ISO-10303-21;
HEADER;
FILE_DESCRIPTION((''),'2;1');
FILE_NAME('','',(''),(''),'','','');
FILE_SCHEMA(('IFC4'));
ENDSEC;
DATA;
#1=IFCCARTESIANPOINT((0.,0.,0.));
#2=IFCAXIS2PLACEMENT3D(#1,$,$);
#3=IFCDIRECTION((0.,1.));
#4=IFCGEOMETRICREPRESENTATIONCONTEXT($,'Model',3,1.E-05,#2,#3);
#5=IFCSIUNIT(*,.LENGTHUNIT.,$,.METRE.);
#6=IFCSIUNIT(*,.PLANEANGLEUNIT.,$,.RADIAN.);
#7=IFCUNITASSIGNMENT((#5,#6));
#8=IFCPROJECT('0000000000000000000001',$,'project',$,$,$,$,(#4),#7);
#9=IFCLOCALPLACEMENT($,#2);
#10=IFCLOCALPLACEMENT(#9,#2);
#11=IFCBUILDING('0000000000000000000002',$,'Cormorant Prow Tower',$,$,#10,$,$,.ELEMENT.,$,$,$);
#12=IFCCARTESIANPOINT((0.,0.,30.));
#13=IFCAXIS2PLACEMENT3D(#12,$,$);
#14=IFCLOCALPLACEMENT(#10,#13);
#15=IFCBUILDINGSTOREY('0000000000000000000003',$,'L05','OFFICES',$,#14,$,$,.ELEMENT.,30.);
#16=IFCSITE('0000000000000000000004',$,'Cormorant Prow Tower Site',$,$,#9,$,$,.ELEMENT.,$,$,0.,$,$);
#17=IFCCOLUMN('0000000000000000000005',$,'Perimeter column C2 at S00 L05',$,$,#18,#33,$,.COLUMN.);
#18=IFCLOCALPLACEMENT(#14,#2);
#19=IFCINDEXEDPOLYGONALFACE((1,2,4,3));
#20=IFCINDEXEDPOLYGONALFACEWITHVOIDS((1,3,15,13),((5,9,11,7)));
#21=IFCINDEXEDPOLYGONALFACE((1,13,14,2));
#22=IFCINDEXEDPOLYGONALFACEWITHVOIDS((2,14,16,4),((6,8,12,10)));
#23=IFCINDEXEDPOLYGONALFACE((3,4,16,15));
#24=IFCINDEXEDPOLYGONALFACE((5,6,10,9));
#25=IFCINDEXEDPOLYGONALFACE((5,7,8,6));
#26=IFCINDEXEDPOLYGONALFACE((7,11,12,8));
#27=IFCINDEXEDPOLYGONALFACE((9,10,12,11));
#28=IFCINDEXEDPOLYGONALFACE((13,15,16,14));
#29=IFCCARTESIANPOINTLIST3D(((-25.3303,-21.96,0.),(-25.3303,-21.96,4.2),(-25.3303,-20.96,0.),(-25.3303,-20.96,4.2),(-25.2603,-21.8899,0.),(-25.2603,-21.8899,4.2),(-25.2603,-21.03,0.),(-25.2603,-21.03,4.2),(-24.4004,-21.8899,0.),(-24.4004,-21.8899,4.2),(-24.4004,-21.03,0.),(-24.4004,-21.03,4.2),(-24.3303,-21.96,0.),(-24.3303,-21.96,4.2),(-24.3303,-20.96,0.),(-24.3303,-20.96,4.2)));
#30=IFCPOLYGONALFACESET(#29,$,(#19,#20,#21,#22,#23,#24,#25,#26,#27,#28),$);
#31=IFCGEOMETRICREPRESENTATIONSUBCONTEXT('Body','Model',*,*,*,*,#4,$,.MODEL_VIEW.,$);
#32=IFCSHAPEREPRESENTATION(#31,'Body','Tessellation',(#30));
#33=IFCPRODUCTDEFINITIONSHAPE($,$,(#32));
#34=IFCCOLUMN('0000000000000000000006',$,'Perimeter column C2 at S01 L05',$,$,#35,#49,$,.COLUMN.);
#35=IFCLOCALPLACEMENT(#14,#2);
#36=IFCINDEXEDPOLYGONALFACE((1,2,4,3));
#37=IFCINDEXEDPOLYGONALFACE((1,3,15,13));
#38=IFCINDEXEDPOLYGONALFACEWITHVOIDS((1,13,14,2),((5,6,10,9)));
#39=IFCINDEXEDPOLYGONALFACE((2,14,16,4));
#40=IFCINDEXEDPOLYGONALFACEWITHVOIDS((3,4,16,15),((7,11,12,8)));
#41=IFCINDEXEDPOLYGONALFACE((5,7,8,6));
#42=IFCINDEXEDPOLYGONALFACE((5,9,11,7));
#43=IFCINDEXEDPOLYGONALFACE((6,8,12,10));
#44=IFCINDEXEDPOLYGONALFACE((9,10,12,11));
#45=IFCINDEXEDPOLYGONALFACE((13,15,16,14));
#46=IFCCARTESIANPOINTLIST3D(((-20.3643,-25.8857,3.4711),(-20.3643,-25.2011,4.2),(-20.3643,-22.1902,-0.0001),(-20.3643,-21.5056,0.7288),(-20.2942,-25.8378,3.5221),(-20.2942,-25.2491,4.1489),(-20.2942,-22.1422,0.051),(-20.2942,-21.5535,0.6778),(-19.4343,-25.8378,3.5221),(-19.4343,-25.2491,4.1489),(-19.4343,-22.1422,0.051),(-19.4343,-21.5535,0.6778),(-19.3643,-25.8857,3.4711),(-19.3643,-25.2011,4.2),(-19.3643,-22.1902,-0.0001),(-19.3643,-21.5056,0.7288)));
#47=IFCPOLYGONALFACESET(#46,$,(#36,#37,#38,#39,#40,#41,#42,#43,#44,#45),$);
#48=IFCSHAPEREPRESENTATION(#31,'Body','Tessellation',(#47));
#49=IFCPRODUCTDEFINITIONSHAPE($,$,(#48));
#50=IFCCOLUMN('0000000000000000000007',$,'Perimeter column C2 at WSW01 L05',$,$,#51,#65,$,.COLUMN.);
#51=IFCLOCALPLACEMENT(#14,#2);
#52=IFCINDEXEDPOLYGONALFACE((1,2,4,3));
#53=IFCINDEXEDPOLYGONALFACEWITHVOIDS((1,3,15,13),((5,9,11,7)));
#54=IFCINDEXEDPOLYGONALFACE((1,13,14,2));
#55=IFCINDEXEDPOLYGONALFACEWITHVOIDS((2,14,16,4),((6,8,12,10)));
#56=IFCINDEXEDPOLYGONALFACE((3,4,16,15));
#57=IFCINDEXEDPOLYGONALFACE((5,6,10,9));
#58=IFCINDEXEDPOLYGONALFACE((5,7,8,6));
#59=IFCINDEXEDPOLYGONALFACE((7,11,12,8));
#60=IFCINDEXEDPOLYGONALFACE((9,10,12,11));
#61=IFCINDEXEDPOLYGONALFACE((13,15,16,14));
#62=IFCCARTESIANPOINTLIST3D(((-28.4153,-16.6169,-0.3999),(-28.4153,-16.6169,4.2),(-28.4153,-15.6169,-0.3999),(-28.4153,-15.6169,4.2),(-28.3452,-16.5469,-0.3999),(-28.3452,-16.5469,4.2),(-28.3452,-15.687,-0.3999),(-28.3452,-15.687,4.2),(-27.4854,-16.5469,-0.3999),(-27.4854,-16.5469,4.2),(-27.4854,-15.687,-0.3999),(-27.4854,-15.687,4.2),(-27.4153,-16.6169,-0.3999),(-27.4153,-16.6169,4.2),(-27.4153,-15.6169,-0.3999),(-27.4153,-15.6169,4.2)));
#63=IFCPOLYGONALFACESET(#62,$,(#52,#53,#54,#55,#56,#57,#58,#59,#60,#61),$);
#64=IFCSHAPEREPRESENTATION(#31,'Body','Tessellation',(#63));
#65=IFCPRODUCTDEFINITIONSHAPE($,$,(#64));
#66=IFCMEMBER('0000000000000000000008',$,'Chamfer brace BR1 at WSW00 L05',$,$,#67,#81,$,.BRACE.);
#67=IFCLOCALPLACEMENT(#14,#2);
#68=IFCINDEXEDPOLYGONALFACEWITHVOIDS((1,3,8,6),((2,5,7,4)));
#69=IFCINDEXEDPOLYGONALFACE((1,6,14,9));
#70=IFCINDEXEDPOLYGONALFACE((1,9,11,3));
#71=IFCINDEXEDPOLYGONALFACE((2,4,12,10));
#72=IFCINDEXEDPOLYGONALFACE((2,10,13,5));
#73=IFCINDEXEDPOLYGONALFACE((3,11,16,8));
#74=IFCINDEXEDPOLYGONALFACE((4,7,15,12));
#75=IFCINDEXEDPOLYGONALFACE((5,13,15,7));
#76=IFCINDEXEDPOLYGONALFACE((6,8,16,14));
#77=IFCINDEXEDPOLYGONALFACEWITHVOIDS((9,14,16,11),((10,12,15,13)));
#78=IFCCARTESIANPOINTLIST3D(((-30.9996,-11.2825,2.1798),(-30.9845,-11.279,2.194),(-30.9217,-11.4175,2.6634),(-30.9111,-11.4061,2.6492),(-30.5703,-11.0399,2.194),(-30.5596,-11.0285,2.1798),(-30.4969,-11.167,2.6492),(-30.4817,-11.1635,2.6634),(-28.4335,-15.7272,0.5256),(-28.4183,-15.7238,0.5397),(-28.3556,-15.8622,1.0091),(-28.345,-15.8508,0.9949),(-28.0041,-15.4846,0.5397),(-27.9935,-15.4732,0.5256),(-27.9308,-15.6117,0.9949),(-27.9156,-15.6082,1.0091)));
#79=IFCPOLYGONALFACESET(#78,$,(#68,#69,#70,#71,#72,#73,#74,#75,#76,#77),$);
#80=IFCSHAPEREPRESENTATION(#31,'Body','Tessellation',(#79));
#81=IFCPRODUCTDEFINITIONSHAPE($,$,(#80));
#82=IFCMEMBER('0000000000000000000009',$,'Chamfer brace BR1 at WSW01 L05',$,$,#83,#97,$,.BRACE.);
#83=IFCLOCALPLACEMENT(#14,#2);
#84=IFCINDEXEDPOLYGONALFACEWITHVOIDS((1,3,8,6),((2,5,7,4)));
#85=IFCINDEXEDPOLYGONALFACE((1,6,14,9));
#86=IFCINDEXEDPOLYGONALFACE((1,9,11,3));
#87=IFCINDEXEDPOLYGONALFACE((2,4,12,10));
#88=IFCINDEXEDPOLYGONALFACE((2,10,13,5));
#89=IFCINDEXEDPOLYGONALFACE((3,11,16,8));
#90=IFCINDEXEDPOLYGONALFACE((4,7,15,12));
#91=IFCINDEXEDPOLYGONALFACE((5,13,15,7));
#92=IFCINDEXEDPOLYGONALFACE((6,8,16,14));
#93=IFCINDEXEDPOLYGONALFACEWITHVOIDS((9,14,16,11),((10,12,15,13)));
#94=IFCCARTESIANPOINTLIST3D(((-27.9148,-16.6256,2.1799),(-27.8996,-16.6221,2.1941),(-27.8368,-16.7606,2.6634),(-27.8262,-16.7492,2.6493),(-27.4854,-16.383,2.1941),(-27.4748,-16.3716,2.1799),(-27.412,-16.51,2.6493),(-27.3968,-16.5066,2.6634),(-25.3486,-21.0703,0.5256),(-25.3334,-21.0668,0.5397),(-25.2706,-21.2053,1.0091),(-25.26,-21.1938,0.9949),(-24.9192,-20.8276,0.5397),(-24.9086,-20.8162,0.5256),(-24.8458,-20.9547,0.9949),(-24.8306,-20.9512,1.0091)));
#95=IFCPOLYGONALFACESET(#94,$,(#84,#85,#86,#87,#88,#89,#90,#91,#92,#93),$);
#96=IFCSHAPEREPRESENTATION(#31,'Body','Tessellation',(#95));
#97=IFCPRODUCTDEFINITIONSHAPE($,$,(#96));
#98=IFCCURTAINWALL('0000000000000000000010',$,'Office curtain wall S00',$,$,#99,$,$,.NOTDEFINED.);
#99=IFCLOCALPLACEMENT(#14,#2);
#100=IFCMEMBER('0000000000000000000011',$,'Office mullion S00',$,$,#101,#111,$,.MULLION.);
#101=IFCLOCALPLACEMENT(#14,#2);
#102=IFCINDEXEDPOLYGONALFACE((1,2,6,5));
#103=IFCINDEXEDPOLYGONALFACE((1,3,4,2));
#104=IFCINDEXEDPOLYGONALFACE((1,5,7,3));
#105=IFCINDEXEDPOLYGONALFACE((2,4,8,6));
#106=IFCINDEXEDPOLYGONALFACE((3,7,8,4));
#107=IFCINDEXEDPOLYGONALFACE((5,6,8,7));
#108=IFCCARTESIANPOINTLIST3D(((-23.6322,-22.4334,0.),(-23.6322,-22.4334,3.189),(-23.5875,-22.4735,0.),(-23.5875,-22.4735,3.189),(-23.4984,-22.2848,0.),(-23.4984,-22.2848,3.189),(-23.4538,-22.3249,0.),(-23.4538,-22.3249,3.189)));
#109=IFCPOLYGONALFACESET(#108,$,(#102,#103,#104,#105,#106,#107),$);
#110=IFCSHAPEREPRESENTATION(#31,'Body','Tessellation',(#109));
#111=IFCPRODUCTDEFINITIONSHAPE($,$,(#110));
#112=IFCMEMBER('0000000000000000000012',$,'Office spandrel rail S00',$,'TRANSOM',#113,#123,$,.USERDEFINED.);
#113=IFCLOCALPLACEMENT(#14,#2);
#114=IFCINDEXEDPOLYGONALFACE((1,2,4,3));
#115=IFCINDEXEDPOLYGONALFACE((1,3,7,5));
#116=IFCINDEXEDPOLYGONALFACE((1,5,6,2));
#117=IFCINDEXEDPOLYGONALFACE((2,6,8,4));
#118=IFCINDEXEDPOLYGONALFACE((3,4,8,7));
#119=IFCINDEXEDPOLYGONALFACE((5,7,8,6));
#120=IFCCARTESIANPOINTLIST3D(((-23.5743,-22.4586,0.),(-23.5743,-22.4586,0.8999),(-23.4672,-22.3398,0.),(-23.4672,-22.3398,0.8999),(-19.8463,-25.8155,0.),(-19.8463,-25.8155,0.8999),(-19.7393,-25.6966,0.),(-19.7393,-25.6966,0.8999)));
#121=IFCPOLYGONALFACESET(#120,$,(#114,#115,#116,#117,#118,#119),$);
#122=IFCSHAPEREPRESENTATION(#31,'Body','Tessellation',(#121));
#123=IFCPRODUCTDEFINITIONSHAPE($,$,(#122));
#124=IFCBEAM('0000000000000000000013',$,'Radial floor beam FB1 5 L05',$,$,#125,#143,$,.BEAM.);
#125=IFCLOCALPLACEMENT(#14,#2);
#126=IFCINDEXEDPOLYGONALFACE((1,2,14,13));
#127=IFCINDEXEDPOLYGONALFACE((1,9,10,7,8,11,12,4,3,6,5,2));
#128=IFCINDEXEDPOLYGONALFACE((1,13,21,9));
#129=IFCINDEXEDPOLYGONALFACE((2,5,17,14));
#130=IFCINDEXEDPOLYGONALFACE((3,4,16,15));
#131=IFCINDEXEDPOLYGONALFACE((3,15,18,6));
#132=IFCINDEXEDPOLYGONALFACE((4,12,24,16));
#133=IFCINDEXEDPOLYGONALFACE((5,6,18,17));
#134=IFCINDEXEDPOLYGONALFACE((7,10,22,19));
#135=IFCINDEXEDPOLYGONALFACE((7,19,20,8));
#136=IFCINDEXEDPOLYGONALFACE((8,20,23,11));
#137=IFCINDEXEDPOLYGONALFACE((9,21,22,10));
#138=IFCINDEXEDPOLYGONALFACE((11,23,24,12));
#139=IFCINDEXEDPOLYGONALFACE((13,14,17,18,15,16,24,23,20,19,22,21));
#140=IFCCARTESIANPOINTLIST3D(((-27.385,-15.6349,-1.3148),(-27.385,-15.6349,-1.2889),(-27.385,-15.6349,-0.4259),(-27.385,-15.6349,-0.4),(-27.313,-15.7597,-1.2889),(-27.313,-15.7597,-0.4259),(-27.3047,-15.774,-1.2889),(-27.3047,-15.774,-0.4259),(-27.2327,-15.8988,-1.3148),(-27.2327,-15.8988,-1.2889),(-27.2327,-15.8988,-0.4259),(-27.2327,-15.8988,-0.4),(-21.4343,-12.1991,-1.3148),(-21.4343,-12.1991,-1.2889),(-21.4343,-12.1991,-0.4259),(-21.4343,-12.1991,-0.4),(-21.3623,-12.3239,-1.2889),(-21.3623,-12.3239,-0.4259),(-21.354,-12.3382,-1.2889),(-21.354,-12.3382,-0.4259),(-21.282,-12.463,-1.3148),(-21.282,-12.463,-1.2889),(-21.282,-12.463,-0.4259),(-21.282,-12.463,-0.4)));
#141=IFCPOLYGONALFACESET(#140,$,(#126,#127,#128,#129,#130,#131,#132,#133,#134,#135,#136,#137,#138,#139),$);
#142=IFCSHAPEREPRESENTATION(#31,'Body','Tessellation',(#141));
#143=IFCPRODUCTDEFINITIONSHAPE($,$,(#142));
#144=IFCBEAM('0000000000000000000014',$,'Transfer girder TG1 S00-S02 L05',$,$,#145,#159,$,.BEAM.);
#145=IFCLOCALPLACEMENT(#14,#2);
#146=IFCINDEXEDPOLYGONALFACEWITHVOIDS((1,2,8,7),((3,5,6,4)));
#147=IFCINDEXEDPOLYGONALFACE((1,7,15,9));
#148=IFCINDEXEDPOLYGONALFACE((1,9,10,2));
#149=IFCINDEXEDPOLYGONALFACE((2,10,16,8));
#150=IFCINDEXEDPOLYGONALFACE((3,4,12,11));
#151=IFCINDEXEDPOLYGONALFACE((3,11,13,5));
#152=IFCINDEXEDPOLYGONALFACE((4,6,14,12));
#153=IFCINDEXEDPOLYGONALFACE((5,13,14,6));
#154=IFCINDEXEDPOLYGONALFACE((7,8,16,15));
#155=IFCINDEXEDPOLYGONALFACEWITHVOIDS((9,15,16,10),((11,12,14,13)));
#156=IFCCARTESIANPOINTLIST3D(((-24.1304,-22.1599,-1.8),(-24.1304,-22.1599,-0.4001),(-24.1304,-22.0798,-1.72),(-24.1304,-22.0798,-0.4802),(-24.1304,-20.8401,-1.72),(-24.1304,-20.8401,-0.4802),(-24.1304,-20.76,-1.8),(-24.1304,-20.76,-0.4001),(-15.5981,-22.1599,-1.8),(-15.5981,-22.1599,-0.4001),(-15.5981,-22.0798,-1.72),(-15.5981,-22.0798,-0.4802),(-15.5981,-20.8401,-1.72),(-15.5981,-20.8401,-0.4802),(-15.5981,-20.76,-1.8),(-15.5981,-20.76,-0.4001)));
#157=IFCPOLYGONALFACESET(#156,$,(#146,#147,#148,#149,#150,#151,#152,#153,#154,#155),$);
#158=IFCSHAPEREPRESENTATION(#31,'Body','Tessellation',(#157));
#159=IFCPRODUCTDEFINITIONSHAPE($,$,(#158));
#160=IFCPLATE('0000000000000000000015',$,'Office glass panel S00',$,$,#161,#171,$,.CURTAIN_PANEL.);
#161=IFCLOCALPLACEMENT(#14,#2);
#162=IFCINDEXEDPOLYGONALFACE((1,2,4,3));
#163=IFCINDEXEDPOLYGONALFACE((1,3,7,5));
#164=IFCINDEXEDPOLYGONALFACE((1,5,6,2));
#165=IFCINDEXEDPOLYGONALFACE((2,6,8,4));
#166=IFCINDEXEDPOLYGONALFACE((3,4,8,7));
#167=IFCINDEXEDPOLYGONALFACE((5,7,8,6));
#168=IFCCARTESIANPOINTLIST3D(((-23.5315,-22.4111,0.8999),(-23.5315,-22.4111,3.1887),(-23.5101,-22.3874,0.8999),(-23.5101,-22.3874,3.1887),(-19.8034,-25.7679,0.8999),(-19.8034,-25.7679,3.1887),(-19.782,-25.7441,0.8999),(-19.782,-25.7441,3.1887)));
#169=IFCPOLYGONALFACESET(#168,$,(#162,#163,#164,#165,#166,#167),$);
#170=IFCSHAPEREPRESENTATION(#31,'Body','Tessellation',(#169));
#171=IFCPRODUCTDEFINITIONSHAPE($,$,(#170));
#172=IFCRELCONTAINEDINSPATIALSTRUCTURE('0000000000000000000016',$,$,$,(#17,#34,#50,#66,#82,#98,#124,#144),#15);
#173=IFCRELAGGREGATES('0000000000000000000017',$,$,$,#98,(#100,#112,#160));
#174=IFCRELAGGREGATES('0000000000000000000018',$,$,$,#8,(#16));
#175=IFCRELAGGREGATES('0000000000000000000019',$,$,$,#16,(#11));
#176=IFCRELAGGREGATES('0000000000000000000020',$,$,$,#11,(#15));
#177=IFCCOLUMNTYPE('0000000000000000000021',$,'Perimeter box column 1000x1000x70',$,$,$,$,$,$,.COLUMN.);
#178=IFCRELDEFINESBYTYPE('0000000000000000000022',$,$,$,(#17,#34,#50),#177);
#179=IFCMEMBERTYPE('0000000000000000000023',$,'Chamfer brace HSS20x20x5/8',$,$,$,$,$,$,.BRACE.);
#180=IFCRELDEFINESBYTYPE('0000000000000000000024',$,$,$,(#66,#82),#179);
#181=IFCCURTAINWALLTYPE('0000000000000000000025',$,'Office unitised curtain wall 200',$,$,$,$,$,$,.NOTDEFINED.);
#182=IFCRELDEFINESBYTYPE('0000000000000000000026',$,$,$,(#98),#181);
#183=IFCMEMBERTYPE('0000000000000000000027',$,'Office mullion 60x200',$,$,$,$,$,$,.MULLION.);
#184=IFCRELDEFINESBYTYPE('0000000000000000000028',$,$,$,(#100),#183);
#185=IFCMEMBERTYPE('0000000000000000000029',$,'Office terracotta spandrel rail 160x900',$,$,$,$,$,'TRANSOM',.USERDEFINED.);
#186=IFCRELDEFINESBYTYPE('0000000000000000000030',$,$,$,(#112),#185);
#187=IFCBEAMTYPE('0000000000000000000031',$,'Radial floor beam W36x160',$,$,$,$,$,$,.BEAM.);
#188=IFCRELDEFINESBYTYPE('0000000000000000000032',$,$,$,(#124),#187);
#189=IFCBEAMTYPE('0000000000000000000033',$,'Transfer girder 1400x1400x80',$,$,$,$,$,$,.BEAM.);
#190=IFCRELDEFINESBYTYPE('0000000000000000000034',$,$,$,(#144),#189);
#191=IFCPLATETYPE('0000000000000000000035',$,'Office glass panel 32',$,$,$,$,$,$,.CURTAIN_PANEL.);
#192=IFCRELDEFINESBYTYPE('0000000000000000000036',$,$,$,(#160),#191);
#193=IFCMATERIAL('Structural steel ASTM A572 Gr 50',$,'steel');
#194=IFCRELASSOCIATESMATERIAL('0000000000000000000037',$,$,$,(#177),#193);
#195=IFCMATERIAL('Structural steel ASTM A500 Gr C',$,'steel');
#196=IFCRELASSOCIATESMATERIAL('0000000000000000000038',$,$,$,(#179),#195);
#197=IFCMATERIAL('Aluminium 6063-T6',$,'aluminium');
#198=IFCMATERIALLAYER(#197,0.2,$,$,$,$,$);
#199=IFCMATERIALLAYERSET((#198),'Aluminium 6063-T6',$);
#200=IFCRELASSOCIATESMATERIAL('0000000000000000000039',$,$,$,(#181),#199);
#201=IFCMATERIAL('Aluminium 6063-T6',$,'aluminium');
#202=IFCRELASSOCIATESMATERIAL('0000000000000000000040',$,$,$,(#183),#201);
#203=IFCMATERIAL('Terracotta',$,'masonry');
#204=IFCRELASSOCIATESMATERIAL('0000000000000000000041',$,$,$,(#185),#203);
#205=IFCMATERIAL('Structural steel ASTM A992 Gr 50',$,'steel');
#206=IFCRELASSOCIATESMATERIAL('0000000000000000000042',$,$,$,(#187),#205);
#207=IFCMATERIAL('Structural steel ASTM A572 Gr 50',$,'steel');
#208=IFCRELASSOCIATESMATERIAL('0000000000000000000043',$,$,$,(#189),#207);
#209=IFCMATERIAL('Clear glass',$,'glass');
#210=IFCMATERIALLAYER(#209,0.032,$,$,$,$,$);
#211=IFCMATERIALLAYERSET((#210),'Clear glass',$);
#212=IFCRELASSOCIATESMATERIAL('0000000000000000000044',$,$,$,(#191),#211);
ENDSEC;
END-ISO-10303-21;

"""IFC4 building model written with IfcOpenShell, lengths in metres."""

from ifc_helpers import new_model, si_unit, direction, frame, origin, origin_2d, place, context, subcontext, project, spatial, rectangle, hollow_rectangle, i_section, extrude, material, layer, layer_set, material_profile, profile_set, type_object, element, aggregate, save


model = new_model("IFC4")

# Units and contexts
model_context = context("Model", 3, precision=1e-05, world=origin(), true_north=direction((0.0, 1.0)))
body_context = subcontext(model_context, "Body", "Model", "MODEL_VIEW")
ifc_project = project(units=[si_unit("LENGTHUNIT", "METRE"), si_unit("PLANEANGLEUNIT", "RADIAN")], contexts=[model_context])

# Site, building, storey
site_placement = place(None, origin())
site = spatial("IfcSite", under=ifc_project, at=site_placement, Name="Cormorant Prow Tower Site", CompositionType="ELEMENT", RefElevation=0.0)
building_placement = place(site_placement, origin())
building = spatial("IfcBuilding", under=site, at=building_placement, Name="Cormorant Prow Tower", CompositionType="ELEMENT")
storey_placement = place(building_placement, frame((0.0, 0.0, 30.0)))
storey = spatial("IfcBuildingStorey", under=building, at=storey_placement, Name="L05", Description="OFFICES", CompositionType="ELEMENT", Elevation=30.0)

# Columns
ifc_material_1 = material(Name="Structural steel ASTM A572 Gr 50", Category="steel")
ifc_material_profile_1 = material_profile(ifc_material_1, hollow_rectangle(XDim=1.0, YDim=1.0, WallThickness=0.0701, at=origin_2d()), Name="Box 1000x1000x70")
ifc_profile_set_1 = profile_set([ifc_material_profile_1], Name="Structural steel ASTM A572 Gr 50")
column_type = type_object("IfcColumnType", Name="Perimeter box column 1000x1000x70", PredefinedType="COLUMN", material=ifc_profile_set_1)
column_1_placement = place(storey_placement, frame((-24.8303, -21.46, 0.0), z_axis=(0.0, 0.0, 1.0), x_axis=(1.0, 0.0, 0.0)))
element("IfcColumn", 1, at=column_1_placement, inside=storey, type_object=column_type, Name="Perimeter column C2 at S00 L05", PredefinedType="COLUMN", context=body_context, shape_type="SweptSolid", body=[
    extrude(hollow_rectangle(XDim=1.0, YDim=1.0, WallThickness=0.0701, at=origin_2d()), origin(), (0.0, 0.0, 1.0), 4.2),
])
column_2_placement = place(storey_placement, frame((-19.8643, -21.46, 0.0), z_axis=(0.0, -0.728888, 0.684633), x_axis=(1.0, 0.0, 0.0)))
element("IfcColumn", 2, at=column_2_placement, inside=storey, type_object=column_type, Name="Perimeter column C2 at S01 L05", PredefinedType="COLUMN", context=body_context, shape_type="SweptSolid", body=[
    extrude(hollow_rectangle(XDim=1.0, YDim=1.0, WallThickness=0.0701, at=origin_2d()), frame((0.0, 0.0, 0.5322)), (0.0, 0.0, 1.0), 5.0701),
])
column_3_placement = place(storey_placement, frame((-27.9153, -16.1169, -0.3999), z_axis=(0.0, 0.0, 1.0), x_axis=(1.0, 0.0, 0.0)))
element("IfcColumn", 3, at=column_3_placement, inside=storey, type_object=column_type, Name="Perimeter column C2 at WSW01 L05", PredefinedType="COLUMN", context=body_context, shape_type="SweptSolid", body=[
    extrude(hollow_rectangle(XDim=1.0, YDim=1.0, WallThickness=0.0701, at=origin_2d()), origin(), (0.0, 0.0, 1.0), 4.5999),
])

# Members
ifc_material_2 = material(Name="Structural steel ASTM A500 Gr C", Category="steel")
ifc_material_profile_2 = material_profile(ifc_material_2, hollow_rectangle(XDim=0.5081, YDim=0.5081, WallThickness=0.0149, at=origin_2d()), Name="HSS20x20x5/8")
ifc_profile_set_2 = profile_set([ifc_material_profile_2], Name="Structural steel ASTM A500 Gr C")
member_type_1 = type_object("IfcMemberType", Name="Chamfer brace HSS20x20x5/8", PredefinedType="BRACE", material=ifc_profile_set_2)
for number, where, z_axis, x_axis, name in (
    (4, (-28.1746, -15.6677, 0.7673), (-0.475882, 0.82427, 0.306781), (-0.86603, -0.499991, 0.0), "Chamfer brace BR1 at WSW00 L05"),
    (5, (-25.0896, -21.0107, 0.7673), (-0.4759, 0.824256, 0.306793), (-0.866018, -0.500012, 0.0), "Chamfer brace BR1 at WSW01 L05"),
):
    element("IfcMember", number, at=place(storey_placement, frame(where, z_axis=z_axis, x_axis=x_axis)), inside=storey, type_object=member_type_1, Name=name, PredefinedType="BRACE", context=body_context, shape_type="SweptSolid", body=[
        extrude(hollow_rectangle(XDim=0.5081, YDim=0.5081, WallThickness=0.0149, at=origin_2d()), origin(), (0.0, 0.0, 1.0), 5.3923),
    ])

# Curtain wall, members
ifc_material_3 = material(Name="Aluminium 6063-T6", Category="aluminium")
ifc_layer_1 = layer(ifc_material_3, 0.2)
ifc_layer_set_1 = layer_set([ifc_layer_1], Name="Aluminium 6063-T6")
curtain_wall_type = type_object("IfcCurtainWallType", Name="Office unitised curtain wall 200", PredefinedType="NOTDEFINED", material=ifc_layer_set_1)
curtain_wall_placement = place(storey_placement, origin())
curtain_wall = element("IfcCurtainWall", 6, at=curtain_wall_placement, inside=storey, type_object=curtain_wall_type, Name="Office curtain wall S00", PredefinedType="NOTDEFINED")
ifc_material_4 = material(Name="Aluminium 6063-T6", Category="aluminium")
ifc_material_profile_3 = material_profile(ifc_material_4, rectangle(XDim=0.2, YDim=0.0601, at=origin_2d()), Name="Office mullion 60x200")
ifc_profile_set_3 = profile_set([ifc_material_profile_3], Name="Aluminium 6063-T6")
member_type_2 = type_object("IfcMemberType", Name="Office mullion 60x200", PredefinedType="MULLION", material=ifc_profile_set_3)
member_1_placement = place(storey_placement, frame((-23.543, -22.3792, 0.0), z_axis=(0.0, 0.0, 1.0), x_axis=(0.669131, 0.743145, 0.0)))
member_1 = element("IfcMember", 7, at=member_1_placement, type_object=member_type_2, Name="Office mullion S00", PredefinedType="MULLION", context=body_context, shape_type="SweptSolid", body=[
    extrude(rectangle(XDim=0.2, YDim=0.0601, at=origin_2d()), origin(), (0.0, 0.0, 1.0), 3.189),
])
ifc_material_5 = material(Name="Terracotta", Category="masonry")
ifc_material_profile_4 = material_profile(ifc_material_5, rectangle(XDim=0.1599, YDim=0.8999, at=origin_2d()), Name="Office terracotta spandrel rail 160x900")
ifc_profile_set_4 = profile_set([ifc_material_profile_4], Name="Terracotta")
member_type_3 = type_object("IfcMemberType", Name="Office terracotta spandrel rail 160x900", ElementType="TRANSOM", PredefinedType="USERDEFINED", material=ifc_profile_set_4)
member_2_placement = place(storey_placement, frame((-23.5208, -22.3992, 0.45), z_axis=(0.743125, -0.669153, 0.0), x_axis=(0.669153, 0.743125, 0.0)))
member_2 = element("IfcMember", 8, at=member_2_placement, type_object=member_type_3, Name="Office spandrel rail S00", ObjectType="TRANSOM", PredefinedType="USERDEFINED", context=body_context, shape_type="SweptSolid", body=[
    extrude(rectangle(XDim=0.1599, YDim=0.8999, at=origin_2d()), origin(), (0.0, 0.0, 1.0), 5.0166),
])

# Beams
ifc_material_6 = material(Name="Structural steel ASTM A992 Gr 50", Category="steel")
ifc_material_profile_5 = material_profile(ifc_material_6, i_section(OverallWidth=0.3047, OverallDepth=0.9148, WebThickness=0.0166, FlangeThickness=0.0259, at=origin_2d()), Name="W36x160")
ifc_profile_set_5 = profile_set([ifc_material_profile_5], Name="Structural steel ASTM A992 Gr 50")
beam_type_1 = type_object("IfcBeamType", Name="Radial floor beam W36x160", PredefinedType="BEAM", material=ifc_profile_set_5)
beam_1_placement = place(storey_placement, frame((-21.3582, -12.3311, -0.8574), z_axis=(-0.866015, -0.500018, 0.0), x_axis=(0.500018, -0.866015, 0.0)))
element("IfcBeam", 9, at=beam_1_placement, inside=storey, type_object=beam_type_1, Name="Radial floor beam FB1 5 L05", PredefinedType="BEAM", context=body_context, shape_type="SweptSolid", body=[
    extrude(i_section(OverallWidth=0.3047, OverallDepth=0.9148, WebThickness=0.0166, FlangeThickness=0.0259, at=origin_2d()), origin(), (0.0, 0.0, 1.0), 6.8713),
])
ifc_material_7 = material(Name="Structural steel ASTM A572 Gr 50", Category="steel")
ifc_material_profile_6 = material_profile(ifc_material_7, hollow_rectangle(XDim=1.3999, YDim=1.3999, WallThickness=0.0801, at=origin_2d()), Name="Box 1400x1400x80")
ifc_profile_set_6 = profile_set([ifc_material_profile_6], Name="Structural steel ASTM A572 Gr 50")
beam_type_2 = type_object("IfcBeamType", Name="Transfer girder 1400x1400x80", PredefinedType="BEAM", material=ifc_profile_set_6)
beam_2_placement = place(storey_placement, frame((-24.1304, -21.46, -1.1001), z_axis=(1.0, 0.0, 0.0), x_axis=(0.0, 1.0, 0.0)))
element("IfcBeam", 10, at=beam_2_placement, inside=storey, type_object=beam_type_2, Name="Transfer girder TG1 S00-S02 L05", PredefinedType="BEAM", context=body_context, shape_type="SweptSolid", body=[
    extrude(hollow_rectangle(XDim=1.3999, YDim=1.3999, WallThickness=0.0801, at=origin_2d()), origin(), (0.0, 0.0, 1.0), 8.5322),
])

# Plate
ifc_material_8 = material(Name="Clear glass", Category="glass")
ifc_layer_2 = layer(ifc_material_8, 0.032)
ifc_layer_set_2 = layer_set([ifc_layer_2], Name="Clear glass")
plate_type = type_object("IfcPlateType", Name="Office glass panel 32", PredefinedType="CURTAIN_PANEL", material=ifc_layer_set_2)
plate_placement = place(storey_placement, frame((-21.6567, -24.0776, 0.8999), z_axis=(0.0, 0.0, 1.0), x_axis=(0.743145, -0.669131, 0.0)))
plate = element("IfcPlate", 11, at=plate_placement, type_object=plate_type, Name="Office glass panel S00", PredefinedType="CURTAIN_PANEL", context=body_context, shape_type="SweptSolid", body=[
    extrude(rectangle(XDim=5.0166, YDim=0.032, at=origin_2d()), origin(), (0.0, 0.0, 1.0), 2.2888),
])
aggregate(curtain_wall, [member_1, member_2, plate])

save(model, "model.ifc")
